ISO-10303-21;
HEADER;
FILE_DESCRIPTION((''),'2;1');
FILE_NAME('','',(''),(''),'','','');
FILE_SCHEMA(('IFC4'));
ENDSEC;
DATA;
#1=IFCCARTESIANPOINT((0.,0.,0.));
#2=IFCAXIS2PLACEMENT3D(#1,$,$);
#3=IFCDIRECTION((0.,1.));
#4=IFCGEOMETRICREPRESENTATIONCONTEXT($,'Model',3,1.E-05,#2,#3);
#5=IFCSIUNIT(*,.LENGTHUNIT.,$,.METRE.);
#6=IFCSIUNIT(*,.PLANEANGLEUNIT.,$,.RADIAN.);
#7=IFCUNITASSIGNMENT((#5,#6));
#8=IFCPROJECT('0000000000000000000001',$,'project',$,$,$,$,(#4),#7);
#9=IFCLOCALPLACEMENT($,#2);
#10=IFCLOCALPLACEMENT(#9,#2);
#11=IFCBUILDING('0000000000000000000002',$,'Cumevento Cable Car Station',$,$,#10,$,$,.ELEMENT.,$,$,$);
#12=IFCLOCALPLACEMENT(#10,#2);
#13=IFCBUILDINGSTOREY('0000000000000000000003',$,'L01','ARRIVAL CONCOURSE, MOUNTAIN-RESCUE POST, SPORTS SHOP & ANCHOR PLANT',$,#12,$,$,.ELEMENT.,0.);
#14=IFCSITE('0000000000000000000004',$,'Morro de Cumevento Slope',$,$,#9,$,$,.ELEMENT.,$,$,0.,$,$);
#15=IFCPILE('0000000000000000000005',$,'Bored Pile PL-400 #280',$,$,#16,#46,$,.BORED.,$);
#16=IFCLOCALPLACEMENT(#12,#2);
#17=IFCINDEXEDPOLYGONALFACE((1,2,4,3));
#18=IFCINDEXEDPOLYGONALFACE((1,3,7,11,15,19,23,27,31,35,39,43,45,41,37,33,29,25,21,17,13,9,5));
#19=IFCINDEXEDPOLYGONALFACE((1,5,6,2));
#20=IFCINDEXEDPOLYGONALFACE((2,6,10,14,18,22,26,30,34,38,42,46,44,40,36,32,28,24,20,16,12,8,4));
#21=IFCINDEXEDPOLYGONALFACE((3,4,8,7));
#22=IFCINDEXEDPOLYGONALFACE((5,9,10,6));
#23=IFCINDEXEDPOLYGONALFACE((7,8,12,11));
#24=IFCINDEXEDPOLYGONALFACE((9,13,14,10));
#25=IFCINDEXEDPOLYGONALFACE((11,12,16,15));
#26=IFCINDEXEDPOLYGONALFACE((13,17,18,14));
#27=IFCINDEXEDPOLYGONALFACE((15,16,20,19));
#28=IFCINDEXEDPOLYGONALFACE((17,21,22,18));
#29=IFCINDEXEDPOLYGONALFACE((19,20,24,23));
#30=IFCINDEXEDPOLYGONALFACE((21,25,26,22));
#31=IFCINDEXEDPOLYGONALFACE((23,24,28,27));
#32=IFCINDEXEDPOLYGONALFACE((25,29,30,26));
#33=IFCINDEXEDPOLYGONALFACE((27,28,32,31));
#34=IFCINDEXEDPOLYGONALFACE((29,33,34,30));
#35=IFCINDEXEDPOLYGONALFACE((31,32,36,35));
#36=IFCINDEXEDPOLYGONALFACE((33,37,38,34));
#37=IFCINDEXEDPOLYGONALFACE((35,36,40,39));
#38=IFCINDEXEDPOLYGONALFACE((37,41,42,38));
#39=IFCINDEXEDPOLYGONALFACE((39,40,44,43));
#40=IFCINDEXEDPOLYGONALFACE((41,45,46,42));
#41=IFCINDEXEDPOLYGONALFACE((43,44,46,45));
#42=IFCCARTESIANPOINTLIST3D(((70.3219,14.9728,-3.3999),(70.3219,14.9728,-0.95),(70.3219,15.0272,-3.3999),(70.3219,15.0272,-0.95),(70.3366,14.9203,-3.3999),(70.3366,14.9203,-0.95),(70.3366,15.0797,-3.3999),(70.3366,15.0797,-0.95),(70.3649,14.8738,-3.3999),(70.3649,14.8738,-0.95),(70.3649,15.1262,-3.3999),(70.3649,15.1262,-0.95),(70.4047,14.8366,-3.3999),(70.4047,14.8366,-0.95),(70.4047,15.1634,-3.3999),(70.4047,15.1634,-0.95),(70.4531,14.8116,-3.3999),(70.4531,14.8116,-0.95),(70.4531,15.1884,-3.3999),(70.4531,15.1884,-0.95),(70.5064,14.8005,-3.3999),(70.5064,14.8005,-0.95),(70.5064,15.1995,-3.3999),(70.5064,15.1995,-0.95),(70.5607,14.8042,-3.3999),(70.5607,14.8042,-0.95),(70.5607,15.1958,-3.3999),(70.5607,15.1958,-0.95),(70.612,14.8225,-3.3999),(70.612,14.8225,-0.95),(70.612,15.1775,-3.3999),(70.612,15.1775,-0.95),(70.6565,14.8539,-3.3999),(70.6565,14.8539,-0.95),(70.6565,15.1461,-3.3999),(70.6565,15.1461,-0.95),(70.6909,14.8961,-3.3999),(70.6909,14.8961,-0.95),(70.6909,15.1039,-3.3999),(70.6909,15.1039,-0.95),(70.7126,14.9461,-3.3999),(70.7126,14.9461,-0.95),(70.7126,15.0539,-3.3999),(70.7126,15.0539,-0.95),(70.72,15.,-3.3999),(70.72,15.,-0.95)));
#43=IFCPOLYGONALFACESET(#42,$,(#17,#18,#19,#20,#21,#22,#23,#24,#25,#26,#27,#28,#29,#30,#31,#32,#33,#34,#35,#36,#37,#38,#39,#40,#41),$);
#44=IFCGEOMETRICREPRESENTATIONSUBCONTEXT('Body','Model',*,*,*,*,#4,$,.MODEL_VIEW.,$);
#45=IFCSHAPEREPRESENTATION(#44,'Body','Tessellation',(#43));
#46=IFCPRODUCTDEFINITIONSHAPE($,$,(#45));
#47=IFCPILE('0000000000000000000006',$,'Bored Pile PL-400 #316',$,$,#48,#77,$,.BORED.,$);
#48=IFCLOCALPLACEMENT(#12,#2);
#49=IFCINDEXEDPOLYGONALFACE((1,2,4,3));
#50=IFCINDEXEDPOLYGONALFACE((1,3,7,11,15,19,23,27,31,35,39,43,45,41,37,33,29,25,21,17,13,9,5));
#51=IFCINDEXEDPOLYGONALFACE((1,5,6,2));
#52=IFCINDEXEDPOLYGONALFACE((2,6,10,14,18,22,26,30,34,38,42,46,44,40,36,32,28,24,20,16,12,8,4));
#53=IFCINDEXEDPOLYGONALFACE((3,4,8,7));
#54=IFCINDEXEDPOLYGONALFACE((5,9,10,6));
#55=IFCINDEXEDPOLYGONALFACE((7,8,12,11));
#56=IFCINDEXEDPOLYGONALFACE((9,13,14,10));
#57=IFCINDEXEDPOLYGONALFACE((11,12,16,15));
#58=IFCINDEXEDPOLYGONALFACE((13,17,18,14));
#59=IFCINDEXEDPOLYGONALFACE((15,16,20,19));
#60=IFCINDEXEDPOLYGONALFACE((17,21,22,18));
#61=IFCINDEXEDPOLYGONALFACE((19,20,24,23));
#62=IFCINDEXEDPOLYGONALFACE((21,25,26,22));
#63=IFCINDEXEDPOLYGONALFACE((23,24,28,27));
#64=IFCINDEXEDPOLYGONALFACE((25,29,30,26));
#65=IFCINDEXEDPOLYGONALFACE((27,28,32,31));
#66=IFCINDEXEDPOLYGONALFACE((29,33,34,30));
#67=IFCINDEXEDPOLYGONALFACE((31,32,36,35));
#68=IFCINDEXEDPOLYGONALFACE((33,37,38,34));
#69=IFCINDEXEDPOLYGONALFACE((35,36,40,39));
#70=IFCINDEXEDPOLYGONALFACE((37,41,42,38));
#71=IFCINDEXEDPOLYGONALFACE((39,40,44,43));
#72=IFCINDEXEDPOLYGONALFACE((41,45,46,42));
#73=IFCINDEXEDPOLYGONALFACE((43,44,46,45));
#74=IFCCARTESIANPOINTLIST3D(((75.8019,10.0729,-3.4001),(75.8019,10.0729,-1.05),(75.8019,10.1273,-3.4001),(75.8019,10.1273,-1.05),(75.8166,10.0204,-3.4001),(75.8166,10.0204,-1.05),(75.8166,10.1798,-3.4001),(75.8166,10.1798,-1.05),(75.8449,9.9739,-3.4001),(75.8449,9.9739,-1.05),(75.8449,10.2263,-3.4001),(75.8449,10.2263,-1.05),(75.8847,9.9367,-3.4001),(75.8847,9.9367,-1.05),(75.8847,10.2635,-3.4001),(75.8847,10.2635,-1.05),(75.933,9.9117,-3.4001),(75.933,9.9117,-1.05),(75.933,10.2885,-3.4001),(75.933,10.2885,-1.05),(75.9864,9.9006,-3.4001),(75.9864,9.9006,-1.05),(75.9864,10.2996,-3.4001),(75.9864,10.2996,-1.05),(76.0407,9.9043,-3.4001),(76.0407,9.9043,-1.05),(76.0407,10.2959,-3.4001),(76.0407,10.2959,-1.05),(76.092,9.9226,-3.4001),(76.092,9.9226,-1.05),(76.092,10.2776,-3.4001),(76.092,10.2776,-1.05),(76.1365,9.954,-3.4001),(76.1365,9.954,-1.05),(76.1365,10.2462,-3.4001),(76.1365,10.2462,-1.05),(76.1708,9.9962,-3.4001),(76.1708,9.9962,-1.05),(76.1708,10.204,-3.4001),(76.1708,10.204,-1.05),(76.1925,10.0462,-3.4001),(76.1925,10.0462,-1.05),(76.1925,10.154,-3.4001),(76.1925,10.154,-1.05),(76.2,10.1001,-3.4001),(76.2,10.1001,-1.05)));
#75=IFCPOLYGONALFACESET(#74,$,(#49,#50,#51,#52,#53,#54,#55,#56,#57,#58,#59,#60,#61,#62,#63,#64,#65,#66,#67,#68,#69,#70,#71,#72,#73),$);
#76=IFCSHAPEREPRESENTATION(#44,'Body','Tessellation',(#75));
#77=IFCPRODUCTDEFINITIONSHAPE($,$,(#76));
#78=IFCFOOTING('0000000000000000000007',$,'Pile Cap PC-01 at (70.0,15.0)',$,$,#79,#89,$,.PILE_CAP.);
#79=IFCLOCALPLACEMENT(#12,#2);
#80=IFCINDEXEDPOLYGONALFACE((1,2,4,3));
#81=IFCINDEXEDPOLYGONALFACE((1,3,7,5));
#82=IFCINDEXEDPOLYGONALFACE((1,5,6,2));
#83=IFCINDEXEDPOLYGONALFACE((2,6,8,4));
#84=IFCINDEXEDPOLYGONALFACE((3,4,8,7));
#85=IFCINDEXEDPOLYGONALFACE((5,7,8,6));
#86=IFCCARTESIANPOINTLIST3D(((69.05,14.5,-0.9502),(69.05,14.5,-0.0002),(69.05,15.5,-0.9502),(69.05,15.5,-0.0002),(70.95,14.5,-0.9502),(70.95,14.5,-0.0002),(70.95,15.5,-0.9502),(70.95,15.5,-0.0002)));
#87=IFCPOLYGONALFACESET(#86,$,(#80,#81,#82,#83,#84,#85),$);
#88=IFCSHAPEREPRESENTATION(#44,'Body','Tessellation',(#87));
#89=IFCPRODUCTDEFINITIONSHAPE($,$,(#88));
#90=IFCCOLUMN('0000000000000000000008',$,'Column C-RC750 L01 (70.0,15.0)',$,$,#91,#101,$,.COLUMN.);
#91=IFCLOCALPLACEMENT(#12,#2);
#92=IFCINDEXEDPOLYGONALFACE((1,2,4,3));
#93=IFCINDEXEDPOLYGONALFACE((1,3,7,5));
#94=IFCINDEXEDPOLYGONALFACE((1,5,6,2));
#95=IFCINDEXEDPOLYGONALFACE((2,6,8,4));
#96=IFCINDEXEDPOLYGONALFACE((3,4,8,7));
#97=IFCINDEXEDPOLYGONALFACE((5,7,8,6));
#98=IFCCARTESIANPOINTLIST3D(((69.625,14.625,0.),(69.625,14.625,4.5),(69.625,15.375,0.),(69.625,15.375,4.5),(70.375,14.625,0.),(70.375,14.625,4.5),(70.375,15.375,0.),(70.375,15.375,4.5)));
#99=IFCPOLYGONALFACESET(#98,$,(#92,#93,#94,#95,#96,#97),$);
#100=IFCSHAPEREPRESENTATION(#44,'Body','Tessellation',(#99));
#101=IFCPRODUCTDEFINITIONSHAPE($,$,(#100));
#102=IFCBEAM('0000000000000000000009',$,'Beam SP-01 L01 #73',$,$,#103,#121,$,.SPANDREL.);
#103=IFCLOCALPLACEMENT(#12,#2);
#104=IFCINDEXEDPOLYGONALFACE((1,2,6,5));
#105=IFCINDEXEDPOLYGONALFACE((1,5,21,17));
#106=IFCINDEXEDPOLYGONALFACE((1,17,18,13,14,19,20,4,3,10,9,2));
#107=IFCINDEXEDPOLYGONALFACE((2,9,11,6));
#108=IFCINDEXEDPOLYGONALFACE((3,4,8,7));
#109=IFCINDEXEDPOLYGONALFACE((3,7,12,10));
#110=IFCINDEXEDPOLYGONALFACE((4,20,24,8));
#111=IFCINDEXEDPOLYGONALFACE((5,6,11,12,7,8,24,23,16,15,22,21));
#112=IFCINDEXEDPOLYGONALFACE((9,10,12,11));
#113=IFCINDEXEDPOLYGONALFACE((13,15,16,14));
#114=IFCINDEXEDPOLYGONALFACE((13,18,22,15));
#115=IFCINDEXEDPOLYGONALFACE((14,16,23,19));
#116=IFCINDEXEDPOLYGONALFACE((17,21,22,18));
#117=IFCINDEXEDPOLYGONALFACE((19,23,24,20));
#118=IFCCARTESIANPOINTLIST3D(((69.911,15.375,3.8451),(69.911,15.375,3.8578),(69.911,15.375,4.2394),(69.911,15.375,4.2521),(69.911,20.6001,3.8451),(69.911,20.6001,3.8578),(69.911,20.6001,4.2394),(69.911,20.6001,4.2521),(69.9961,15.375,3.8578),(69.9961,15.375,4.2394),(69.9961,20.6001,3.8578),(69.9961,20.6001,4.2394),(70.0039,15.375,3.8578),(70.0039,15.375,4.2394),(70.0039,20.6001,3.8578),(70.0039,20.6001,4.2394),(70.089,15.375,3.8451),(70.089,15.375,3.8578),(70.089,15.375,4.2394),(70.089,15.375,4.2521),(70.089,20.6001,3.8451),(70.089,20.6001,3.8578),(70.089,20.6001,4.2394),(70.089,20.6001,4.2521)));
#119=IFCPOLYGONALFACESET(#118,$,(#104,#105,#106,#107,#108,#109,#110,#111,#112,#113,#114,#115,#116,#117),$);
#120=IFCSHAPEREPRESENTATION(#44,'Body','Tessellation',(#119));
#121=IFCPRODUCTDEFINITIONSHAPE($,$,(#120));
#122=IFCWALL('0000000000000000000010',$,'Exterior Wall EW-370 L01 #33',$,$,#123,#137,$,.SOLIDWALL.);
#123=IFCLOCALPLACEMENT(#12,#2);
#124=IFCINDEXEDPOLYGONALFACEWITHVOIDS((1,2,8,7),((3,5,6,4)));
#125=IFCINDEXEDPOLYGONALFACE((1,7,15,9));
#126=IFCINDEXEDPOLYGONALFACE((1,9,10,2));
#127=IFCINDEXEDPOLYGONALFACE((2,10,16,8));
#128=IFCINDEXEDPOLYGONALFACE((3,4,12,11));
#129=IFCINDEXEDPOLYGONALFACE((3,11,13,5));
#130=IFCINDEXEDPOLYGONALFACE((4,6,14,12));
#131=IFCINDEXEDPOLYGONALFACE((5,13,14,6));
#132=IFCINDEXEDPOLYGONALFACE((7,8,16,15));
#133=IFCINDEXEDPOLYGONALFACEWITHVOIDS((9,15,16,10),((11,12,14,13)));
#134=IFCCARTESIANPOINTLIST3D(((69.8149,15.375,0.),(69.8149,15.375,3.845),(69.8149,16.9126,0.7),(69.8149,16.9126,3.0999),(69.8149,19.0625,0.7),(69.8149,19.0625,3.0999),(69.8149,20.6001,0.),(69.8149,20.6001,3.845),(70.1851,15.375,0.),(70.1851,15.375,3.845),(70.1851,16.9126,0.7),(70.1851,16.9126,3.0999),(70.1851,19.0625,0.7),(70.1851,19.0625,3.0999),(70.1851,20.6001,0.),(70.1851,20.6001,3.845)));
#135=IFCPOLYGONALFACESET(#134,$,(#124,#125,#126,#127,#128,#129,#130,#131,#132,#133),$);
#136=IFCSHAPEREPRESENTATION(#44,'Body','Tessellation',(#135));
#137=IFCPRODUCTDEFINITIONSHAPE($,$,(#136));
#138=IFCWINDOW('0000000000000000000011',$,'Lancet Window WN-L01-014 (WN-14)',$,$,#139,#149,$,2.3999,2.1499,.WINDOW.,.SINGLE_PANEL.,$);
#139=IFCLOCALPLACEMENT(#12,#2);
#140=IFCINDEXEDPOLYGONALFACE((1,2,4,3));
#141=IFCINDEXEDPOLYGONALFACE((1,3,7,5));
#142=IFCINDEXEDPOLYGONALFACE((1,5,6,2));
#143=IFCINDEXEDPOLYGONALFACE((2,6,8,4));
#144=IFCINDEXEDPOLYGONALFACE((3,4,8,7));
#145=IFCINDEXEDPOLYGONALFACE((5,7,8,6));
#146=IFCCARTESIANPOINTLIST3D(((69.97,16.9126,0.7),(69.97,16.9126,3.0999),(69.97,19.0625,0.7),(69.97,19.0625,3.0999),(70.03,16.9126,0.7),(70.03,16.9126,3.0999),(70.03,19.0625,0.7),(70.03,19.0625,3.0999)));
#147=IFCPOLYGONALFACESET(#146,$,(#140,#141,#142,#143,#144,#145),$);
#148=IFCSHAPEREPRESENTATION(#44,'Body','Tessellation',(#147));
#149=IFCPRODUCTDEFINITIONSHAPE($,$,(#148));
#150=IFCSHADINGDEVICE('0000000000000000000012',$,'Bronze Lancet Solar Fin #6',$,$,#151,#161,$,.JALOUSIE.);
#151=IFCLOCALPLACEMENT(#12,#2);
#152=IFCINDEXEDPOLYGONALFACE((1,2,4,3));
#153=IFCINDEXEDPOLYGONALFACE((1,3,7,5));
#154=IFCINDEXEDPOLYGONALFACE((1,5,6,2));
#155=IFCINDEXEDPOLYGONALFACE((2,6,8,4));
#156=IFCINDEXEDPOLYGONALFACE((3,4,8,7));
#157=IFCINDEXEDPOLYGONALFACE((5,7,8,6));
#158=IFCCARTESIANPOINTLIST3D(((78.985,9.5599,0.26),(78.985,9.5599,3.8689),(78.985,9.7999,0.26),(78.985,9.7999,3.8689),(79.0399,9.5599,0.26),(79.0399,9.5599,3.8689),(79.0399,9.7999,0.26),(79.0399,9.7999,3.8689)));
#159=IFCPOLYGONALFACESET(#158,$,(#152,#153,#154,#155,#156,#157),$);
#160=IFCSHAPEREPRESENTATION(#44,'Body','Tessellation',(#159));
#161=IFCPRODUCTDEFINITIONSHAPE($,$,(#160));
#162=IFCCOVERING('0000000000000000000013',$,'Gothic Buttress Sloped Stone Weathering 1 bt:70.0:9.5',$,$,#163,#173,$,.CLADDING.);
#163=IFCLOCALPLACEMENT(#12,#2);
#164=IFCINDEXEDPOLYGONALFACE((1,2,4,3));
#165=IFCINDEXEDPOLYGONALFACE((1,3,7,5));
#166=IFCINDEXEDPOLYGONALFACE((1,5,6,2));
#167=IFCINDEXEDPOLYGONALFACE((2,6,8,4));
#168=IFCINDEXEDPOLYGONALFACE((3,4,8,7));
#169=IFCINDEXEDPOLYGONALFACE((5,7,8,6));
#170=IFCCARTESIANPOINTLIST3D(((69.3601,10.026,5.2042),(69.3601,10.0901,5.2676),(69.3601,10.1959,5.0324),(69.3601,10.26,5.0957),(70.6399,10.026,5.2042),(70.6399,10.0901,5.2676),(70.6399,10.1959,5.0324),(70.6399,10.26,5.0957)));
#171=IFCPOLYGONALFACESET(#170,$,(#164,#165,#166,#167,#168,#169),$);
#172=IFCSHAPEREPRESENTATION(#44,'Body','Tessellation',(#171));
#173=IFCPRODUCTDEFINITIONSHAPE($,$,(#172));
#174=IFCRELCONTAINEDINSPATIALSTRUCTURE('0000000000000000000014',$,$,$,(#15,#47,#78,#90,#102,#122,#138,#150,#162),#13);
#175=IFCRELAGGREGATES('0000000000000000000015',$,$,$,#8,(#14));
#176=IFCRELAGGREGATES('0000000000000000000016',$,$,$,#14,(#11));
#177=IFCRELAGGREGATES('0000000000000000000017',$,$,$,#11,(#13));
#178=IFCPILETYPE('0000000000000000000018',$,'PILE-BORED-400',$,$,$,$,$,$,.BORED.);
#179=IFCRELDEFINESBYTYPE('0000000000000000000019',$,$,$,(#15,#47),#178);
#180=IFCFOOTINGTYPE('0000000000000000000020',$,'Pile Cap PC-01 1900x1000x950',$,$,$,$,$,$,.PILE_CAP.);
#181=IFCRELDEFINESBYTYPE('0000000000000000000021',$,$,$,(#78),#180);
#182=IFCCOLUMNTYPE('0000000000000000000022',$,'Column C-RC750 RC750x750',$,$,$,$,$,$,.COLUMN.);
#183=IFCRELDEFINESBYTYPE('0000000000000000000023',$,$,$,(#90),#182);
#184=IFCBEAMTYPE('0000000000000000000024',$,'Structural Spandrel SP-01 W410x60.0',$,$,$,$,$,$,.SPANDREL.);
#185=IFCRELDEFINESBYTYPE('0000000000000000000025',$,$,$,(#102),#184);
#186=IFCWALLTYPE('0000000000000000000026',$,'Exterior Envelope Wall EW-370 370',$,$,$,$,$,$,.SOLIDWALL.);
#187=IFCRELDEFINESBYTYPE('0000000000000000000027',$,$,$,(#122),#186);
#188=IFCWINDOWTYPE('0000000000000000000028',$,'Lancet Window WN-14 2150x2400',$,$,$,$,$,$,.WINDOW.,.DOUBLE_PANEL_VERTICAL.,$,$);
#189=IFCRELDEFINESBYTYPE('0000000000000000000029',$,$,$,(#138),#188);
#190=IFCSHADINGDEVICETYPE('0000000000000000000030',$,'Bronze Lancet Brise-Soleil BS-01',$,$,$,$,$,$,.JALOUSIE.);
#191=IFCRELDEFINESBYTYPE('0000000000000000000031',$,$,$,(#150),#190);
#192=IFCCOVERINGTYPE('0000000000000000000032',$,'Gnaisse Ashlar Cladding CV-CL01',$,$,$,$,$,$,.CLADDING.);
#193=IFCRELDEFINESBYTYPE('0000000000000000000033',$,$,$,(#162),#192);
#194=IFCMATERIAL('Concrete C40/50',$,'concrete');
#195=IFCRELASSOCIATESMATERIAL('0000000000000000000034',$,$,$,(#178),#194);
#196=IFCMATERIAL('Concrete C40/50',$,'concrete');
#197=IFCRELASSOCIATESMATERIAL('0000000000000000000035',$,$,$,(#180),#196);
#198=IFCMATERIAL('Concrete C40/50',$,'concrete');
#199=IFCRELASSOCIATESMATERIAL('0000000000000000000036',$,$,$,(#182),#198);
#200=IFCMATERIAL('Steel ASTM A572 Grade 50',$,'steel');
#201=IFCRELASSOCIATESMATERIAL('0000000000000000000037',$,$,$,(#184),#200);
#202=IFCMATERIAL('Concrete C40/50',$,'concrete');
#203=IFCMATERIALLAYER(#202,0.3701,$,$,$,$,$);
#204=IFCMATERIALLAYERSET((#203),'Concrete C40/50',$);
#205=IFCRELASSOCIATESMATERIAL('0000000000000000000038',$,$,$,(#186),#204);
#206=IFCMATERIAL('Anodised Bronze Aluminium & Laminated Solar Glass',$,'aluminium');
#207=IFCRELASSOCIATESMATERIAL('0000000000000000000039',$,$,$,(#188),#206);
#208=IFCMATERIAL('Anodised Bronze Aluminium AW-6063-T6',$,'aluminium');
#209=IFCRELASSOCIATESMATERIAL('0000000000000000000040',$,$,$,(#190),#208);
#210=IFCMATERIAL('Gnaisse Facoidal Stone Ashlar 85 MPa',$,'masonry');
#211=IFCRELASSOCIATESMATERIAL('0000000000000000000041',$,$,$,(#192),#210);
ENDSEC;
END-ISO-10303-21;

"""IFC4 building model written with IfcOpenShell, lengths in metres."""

from ifc_helpers import new_model, si_unit, direction, frame, frame_2d, origin, origin_2d, place, context, subcontext, project, spatial, polyline, rectangle, circle, i_section, outline, extrude, material, layer, layer_set, material_profile, profile_set, type_object, element, fill, save


model = new_model("IFC4")

# Units and contexts
model_context = context("Model", 3, precision=1e-05, world=origin(), true_north=direction((0.0, 1.0)))
body_context = subcontext(model_context, "Body", "Model", "MODEL_VIEW")
ifc_project = project(units=[si_unit("LENGTHUNIT", "METRE"), si_unit("PLANEANGLEUNIT", "RADIAN")], contexts=[model_context])

# Site, building, storey
site_placement = place(None, origin())
site = spatial("IfcSite", under=ifc_project, at=site_placement, Name="Morro de Cumevento Slope", CompositionType="ELEMENT", RefElevation=0.0)
building_placement = place(site_placement, origin())
building = spatial("IfcBuilding", under=site, at=building_placement, Name="Cumevento Cable Car Station", CompositionType="ELEMENT")
storey_placement = place(building_placement, origin())
storey = spatial("IfcBuildingStorey", under=building, at=storey_placement, Name="L01", Description="ARRIVAL CONCOURSE, MOUNTAIN-RESCUE POST, SPORTS SHOP & ANCHOR PLANT", CompositionType="ELEMENT", Elevation=0.0)

# Piles
ifc_material_1 = material(Name="Concrete C40/50", Category="concrete")
ifc_material_profile_1 = material_profile(ifc_material_1, circle(Radius=0.2, at=origin_2d()), Name="PILE-D400")
ifc_profile_set_1 = profile_set([ifc_material_profile_1], Name="Concrete C40/50")
pile_type = type_object("IfcPileType", Name="PILE-BORED-400", PredefinedType="BORED", material=ifc_profile_set_1)
pile_1_placement = place(storey_placement, frame((70.52, 15.0, -0.95), z_axis=(0.0, 0.0, -1.0), x_axis=(1.0, 0.0, 0.0)))
element("IfcPile", 1, at=pile_1_placement, inside=storey, type_object=pile_type, Name="Bored Pile PL-400 #280", PredefinedType="BORED", context=body_context, shape_type="SweptSolid", body=[
    extrude(circle(Radius=0.2, at=origin_2d()), origin(), (0.0, 0.0, 1.0), 2.45),
])
pile_2_placement = place(storey_placement, frame((76.0, 10.1001, -1.05), z_axis=(0.0, 0.0, -1.0), x_axis=(1.0, 0.0, 0.0)))
element("IfcPile", 2, at=pile_2_placement, inside=storey, type_object=pile_type, Name="Bored Pile PL-400 #316", PredefinedType="BORED", context=body_context, shape_type="SweptSolid", body=[
    extrude(circle(Radius=0.2, at=origin_2d()), origin(), (0.0, 0.0, 1.0), 2.3501),
])

# Footing
ifc_material_2 = material(Name="Concrete C40/50", Category="concrete")
footing_type = type_object("IfcFootingType", Name="Pile Cap PC-01 1900x1000x950", PredefinedType="PILE_CAP", material=ifc_material_2)
footing_placement = place(storey_placement, frame((70.0, 15.0, -0.9502), z_axis=(0.0, 0.0, 1.0), x_axis=(1.0, 0.0, 0.0)))
element("IfcFooting", 3, at=footing_placement, inside=storey, type_object=footing_type, Name="Pile Cap PC-01 at (70.0,15.0)", PredefinedType="PILE_CAP", context=body_context, shape_type="SweptSolid", body=[
    extrude(rectangle(XDim=1.8999, YDim=1.0, at=origin_2d()), origin(), (0.0, 0.0, 1.0), 0.95),
])

# Column
ifc_material_3 = material(Name="Concrete C40/50", Category="concrete")
ifc_material_profile_2 = material_profile(ifc_material_3, rectangle(XDim=0.75, YDim=0.75, at=origin_2d()), Name="RC750x750")
ifc_profile_set_2 = profile_set([ifc_material_profile_2], Name="Concrete C40/50")
column_type = type_object("IfcColumnType", Name="Column C-RC750 RC750x750", PredefinedType="COLUMN", material=ifc_profile_set_2)
column_placement = place(storey_placement, frame((70.0, 15.0, 0.0), z_axis=(0.0, 0.0, 1.0), x_axis=(1.0, 0.0, 0.0)))
element("IfcColumn", 4, at=column_placement, inside=storey, type_object=column_type, Name="Column C-RC750 L01 (70.0,15.0)", PredefinedType="COLUMN", context=body_context, shape_type="SweptSolid", body=[
    extrude(rectangle(XDim=0.75, YDim=0.75, at=origin_2d()), origin(), (0.0, 0.0, 1.0), 4.5),
])

# Beam
ifc_material_4 = material(Name="Steel ASTM A572 Grade 50", Category="steel")
ifc_material_profile_3 = material_profile(ifc_material_4, i_section(OverallWidth=0.178, OverallDepth=0.407, WebThickness=0.0078, FlangeThickness=0.0127, at=origin_2d()), Name="W410x60.0")
ifc_profile_set_3 = profile_set([ifc_material_profile_3], Name="Steel ASTM A572 Grade 50")
beam_type = type_object("IfcBeamType", Name="Structural Spandrel SP-01 W410x60.0", PredefinedType="SPANDREL", material=ifc_profile_set_3)
beam_placement = place(storey_placement, frame((70.0, 15.375, 4.0486), z_axis=(0.0, 1.0, 0.0), x_axis=(-1.0, 0.0, 0.0)))
element("IfcBeam", 5, at=beam_placement, inside=storey, type_object=beam_type, Name="Beam SP-01 L01 #73", PredefinedType="SPANDREL", context=body_context, shape_type="SweptSolid", body=[
    extrude(i_section(OverallWidth=0.178, OverallDepth=0.407, WebThickness=0.0078, FlangeThickness=0.0127, at=origin_2d()), origin(), (0.0, 0.0, 1.0), 5.2251),
])

# Wall, opening, window
ifc_material_5 = material(Name="Concrete C40/50", Category="concrete")
ifc_layer = layer(ifc_material_5, 0.3701)
ifc_layer_set = layer_set([ifc_layer], Name="Concrete C40/50")
wall_type = type_object("IfcWallType", Name="Exterior Envelope Wall EW-370 370", PredefinedType="SOLIDWALL", material=ifc_layer_set)
wall_placement = place(storey_placement, frame((70.0, 20.6001, 0.0), z_axis=(0.0, 0.0, 1.0), x_axis=(0.0, -1.0, 0.0)))
wall = element("IfcWall", 6, at=wall_placement, inside=storey, type_object=wall_type, Name="Exterior Wall EW-370 L01 #33", PredefinedType="SOLIDWALL", context=body_context, shape_type="SweptSolid", body=[
    extrude(rectangle(XDim=5.2251, YDim=0.3701, at=frame_2d((2.6125, 0.0))), origin(), (0.0, 0.0, 1.0), 3.845),
])
opening_placement = place(wall_placement, frame((1.5376, 0.0, 0.7)))
opening = element("IfcOpeningElement", 7, at=opening_placement, cuts=wall, PredefinedType="OPENING", context=body_context, shape_type="SweptSolid", body=[
    extrude(rectangle(XDim=2.1499, YDim=2.3999, at=frame_2d((1.075, 1.2))), frame((0.0, 0.1951, 0.0), z_axis=(0.0, -1.0, 0.0), x_axis=(1.0, 0.0, 0.0)), (0.0, 0.0, 1.0), 0.3901),
])
ifc_material_6 = material(Name="Anodised Bronze Aluminium & Laminated Solar Glass", Category="aluminium")
window_type = type_object("IfcWindowType", Name="Lancet Window WN-14 2150x2400", PartitioningType="DOUBLE_PANEL_VERTICAL", PredefinedType="WINDOW", material=ifc_material_6)
window_placement = place(opening_placement, origin())
window = element("IfcWindow", 8, at=window_placement, inside=storey, type_object=window_type, Name="Lancet Window WN-L01-014 (WN-14)", OverallHeight=2.3999, OverallWidth=2.1499, PartitioningType="SINGLE_PANEL", PredefinedType="WINDOW", context=body_context, shape_type="SweptSolid", body=[
    extrude(rectangle(XDim=2.1499, YDim=2.3999, at=frame_2d((1.075, 1.2))), frame((0.0, 0.03, 0.0), z_axis=(0.0, -1.0, 0.0), x_axis=(1.0, 0.0, 0.0)), (0.0, 0.0, 1.0), 0.0601),
])
fill(opening, window)

# Shading device
ifc_material_7 = material(Name="Anodised Bronze Aluminium AW-6063-T6", Category="aluminium")
shading_device_type = type_object("IfcShadingDeviceType", Name="Bronze Lancet Brise-Soleil BS-01", PredefinedType="JALOUSIE", material=ifc_material_7)
shading_device_placement = place(storey_placement, frame((79.0125, 9.6799, 0.26), z_axis=(0.0, 0.0, 1.0), x_axis=(1.0, 0.0, 0.0)))
element("IfcShadingDevice", 9, at=shading_device_placement, inside=storey, type_object=shading_device_type, Name="Bronze Lancet Solar Fin #6", PredefinedType="JALOUSIE", context=body_context, shape_type="SweptSolid", body=[
    extrude(rectangle(XDim=0.0549, YDim=0.24, at=origin_2d()), origin(), (0.0, 0.0, 1.0), 3.6089),
])

# Covering
ifc_material_8 = material(Name="Gnaisse Facoidal Stone Ashlar 85 MPa", Category="masonry")
covering_type = type_object("IfcCoveringType", Name="Gnaisse Ashlar Cladding CV-CL01", PredefinedType="CLADDING", material=ifc_material_8)
covering_1_placement = place(storey_placement, frame((70.6399, 10.26, 5.0957), z_axis=(0.0, 0.711136, 0.703055), x_axis=(-1.0, 0.0, 0.0)))
element("IfcCovering", 10, at=covering_1_placement, inside=storey, type_object=covering_type, Name="Gothic Buttress Sloped Stone Weathering 1 bt:70.0:9.5", PredefinedType="CLADDING", context=body_context, shape_type="SweptSolid", body=[
    extrude(outline(polyline([(0.0, 0.0), (1.2798, 0.0), (1.2798, 0.2417), (0.0, 0.2417), (0.0, 0.0)])), origin(), (0.0, 0.0, -1.0), 0.0901),
])

save(model, "model.ifc")
